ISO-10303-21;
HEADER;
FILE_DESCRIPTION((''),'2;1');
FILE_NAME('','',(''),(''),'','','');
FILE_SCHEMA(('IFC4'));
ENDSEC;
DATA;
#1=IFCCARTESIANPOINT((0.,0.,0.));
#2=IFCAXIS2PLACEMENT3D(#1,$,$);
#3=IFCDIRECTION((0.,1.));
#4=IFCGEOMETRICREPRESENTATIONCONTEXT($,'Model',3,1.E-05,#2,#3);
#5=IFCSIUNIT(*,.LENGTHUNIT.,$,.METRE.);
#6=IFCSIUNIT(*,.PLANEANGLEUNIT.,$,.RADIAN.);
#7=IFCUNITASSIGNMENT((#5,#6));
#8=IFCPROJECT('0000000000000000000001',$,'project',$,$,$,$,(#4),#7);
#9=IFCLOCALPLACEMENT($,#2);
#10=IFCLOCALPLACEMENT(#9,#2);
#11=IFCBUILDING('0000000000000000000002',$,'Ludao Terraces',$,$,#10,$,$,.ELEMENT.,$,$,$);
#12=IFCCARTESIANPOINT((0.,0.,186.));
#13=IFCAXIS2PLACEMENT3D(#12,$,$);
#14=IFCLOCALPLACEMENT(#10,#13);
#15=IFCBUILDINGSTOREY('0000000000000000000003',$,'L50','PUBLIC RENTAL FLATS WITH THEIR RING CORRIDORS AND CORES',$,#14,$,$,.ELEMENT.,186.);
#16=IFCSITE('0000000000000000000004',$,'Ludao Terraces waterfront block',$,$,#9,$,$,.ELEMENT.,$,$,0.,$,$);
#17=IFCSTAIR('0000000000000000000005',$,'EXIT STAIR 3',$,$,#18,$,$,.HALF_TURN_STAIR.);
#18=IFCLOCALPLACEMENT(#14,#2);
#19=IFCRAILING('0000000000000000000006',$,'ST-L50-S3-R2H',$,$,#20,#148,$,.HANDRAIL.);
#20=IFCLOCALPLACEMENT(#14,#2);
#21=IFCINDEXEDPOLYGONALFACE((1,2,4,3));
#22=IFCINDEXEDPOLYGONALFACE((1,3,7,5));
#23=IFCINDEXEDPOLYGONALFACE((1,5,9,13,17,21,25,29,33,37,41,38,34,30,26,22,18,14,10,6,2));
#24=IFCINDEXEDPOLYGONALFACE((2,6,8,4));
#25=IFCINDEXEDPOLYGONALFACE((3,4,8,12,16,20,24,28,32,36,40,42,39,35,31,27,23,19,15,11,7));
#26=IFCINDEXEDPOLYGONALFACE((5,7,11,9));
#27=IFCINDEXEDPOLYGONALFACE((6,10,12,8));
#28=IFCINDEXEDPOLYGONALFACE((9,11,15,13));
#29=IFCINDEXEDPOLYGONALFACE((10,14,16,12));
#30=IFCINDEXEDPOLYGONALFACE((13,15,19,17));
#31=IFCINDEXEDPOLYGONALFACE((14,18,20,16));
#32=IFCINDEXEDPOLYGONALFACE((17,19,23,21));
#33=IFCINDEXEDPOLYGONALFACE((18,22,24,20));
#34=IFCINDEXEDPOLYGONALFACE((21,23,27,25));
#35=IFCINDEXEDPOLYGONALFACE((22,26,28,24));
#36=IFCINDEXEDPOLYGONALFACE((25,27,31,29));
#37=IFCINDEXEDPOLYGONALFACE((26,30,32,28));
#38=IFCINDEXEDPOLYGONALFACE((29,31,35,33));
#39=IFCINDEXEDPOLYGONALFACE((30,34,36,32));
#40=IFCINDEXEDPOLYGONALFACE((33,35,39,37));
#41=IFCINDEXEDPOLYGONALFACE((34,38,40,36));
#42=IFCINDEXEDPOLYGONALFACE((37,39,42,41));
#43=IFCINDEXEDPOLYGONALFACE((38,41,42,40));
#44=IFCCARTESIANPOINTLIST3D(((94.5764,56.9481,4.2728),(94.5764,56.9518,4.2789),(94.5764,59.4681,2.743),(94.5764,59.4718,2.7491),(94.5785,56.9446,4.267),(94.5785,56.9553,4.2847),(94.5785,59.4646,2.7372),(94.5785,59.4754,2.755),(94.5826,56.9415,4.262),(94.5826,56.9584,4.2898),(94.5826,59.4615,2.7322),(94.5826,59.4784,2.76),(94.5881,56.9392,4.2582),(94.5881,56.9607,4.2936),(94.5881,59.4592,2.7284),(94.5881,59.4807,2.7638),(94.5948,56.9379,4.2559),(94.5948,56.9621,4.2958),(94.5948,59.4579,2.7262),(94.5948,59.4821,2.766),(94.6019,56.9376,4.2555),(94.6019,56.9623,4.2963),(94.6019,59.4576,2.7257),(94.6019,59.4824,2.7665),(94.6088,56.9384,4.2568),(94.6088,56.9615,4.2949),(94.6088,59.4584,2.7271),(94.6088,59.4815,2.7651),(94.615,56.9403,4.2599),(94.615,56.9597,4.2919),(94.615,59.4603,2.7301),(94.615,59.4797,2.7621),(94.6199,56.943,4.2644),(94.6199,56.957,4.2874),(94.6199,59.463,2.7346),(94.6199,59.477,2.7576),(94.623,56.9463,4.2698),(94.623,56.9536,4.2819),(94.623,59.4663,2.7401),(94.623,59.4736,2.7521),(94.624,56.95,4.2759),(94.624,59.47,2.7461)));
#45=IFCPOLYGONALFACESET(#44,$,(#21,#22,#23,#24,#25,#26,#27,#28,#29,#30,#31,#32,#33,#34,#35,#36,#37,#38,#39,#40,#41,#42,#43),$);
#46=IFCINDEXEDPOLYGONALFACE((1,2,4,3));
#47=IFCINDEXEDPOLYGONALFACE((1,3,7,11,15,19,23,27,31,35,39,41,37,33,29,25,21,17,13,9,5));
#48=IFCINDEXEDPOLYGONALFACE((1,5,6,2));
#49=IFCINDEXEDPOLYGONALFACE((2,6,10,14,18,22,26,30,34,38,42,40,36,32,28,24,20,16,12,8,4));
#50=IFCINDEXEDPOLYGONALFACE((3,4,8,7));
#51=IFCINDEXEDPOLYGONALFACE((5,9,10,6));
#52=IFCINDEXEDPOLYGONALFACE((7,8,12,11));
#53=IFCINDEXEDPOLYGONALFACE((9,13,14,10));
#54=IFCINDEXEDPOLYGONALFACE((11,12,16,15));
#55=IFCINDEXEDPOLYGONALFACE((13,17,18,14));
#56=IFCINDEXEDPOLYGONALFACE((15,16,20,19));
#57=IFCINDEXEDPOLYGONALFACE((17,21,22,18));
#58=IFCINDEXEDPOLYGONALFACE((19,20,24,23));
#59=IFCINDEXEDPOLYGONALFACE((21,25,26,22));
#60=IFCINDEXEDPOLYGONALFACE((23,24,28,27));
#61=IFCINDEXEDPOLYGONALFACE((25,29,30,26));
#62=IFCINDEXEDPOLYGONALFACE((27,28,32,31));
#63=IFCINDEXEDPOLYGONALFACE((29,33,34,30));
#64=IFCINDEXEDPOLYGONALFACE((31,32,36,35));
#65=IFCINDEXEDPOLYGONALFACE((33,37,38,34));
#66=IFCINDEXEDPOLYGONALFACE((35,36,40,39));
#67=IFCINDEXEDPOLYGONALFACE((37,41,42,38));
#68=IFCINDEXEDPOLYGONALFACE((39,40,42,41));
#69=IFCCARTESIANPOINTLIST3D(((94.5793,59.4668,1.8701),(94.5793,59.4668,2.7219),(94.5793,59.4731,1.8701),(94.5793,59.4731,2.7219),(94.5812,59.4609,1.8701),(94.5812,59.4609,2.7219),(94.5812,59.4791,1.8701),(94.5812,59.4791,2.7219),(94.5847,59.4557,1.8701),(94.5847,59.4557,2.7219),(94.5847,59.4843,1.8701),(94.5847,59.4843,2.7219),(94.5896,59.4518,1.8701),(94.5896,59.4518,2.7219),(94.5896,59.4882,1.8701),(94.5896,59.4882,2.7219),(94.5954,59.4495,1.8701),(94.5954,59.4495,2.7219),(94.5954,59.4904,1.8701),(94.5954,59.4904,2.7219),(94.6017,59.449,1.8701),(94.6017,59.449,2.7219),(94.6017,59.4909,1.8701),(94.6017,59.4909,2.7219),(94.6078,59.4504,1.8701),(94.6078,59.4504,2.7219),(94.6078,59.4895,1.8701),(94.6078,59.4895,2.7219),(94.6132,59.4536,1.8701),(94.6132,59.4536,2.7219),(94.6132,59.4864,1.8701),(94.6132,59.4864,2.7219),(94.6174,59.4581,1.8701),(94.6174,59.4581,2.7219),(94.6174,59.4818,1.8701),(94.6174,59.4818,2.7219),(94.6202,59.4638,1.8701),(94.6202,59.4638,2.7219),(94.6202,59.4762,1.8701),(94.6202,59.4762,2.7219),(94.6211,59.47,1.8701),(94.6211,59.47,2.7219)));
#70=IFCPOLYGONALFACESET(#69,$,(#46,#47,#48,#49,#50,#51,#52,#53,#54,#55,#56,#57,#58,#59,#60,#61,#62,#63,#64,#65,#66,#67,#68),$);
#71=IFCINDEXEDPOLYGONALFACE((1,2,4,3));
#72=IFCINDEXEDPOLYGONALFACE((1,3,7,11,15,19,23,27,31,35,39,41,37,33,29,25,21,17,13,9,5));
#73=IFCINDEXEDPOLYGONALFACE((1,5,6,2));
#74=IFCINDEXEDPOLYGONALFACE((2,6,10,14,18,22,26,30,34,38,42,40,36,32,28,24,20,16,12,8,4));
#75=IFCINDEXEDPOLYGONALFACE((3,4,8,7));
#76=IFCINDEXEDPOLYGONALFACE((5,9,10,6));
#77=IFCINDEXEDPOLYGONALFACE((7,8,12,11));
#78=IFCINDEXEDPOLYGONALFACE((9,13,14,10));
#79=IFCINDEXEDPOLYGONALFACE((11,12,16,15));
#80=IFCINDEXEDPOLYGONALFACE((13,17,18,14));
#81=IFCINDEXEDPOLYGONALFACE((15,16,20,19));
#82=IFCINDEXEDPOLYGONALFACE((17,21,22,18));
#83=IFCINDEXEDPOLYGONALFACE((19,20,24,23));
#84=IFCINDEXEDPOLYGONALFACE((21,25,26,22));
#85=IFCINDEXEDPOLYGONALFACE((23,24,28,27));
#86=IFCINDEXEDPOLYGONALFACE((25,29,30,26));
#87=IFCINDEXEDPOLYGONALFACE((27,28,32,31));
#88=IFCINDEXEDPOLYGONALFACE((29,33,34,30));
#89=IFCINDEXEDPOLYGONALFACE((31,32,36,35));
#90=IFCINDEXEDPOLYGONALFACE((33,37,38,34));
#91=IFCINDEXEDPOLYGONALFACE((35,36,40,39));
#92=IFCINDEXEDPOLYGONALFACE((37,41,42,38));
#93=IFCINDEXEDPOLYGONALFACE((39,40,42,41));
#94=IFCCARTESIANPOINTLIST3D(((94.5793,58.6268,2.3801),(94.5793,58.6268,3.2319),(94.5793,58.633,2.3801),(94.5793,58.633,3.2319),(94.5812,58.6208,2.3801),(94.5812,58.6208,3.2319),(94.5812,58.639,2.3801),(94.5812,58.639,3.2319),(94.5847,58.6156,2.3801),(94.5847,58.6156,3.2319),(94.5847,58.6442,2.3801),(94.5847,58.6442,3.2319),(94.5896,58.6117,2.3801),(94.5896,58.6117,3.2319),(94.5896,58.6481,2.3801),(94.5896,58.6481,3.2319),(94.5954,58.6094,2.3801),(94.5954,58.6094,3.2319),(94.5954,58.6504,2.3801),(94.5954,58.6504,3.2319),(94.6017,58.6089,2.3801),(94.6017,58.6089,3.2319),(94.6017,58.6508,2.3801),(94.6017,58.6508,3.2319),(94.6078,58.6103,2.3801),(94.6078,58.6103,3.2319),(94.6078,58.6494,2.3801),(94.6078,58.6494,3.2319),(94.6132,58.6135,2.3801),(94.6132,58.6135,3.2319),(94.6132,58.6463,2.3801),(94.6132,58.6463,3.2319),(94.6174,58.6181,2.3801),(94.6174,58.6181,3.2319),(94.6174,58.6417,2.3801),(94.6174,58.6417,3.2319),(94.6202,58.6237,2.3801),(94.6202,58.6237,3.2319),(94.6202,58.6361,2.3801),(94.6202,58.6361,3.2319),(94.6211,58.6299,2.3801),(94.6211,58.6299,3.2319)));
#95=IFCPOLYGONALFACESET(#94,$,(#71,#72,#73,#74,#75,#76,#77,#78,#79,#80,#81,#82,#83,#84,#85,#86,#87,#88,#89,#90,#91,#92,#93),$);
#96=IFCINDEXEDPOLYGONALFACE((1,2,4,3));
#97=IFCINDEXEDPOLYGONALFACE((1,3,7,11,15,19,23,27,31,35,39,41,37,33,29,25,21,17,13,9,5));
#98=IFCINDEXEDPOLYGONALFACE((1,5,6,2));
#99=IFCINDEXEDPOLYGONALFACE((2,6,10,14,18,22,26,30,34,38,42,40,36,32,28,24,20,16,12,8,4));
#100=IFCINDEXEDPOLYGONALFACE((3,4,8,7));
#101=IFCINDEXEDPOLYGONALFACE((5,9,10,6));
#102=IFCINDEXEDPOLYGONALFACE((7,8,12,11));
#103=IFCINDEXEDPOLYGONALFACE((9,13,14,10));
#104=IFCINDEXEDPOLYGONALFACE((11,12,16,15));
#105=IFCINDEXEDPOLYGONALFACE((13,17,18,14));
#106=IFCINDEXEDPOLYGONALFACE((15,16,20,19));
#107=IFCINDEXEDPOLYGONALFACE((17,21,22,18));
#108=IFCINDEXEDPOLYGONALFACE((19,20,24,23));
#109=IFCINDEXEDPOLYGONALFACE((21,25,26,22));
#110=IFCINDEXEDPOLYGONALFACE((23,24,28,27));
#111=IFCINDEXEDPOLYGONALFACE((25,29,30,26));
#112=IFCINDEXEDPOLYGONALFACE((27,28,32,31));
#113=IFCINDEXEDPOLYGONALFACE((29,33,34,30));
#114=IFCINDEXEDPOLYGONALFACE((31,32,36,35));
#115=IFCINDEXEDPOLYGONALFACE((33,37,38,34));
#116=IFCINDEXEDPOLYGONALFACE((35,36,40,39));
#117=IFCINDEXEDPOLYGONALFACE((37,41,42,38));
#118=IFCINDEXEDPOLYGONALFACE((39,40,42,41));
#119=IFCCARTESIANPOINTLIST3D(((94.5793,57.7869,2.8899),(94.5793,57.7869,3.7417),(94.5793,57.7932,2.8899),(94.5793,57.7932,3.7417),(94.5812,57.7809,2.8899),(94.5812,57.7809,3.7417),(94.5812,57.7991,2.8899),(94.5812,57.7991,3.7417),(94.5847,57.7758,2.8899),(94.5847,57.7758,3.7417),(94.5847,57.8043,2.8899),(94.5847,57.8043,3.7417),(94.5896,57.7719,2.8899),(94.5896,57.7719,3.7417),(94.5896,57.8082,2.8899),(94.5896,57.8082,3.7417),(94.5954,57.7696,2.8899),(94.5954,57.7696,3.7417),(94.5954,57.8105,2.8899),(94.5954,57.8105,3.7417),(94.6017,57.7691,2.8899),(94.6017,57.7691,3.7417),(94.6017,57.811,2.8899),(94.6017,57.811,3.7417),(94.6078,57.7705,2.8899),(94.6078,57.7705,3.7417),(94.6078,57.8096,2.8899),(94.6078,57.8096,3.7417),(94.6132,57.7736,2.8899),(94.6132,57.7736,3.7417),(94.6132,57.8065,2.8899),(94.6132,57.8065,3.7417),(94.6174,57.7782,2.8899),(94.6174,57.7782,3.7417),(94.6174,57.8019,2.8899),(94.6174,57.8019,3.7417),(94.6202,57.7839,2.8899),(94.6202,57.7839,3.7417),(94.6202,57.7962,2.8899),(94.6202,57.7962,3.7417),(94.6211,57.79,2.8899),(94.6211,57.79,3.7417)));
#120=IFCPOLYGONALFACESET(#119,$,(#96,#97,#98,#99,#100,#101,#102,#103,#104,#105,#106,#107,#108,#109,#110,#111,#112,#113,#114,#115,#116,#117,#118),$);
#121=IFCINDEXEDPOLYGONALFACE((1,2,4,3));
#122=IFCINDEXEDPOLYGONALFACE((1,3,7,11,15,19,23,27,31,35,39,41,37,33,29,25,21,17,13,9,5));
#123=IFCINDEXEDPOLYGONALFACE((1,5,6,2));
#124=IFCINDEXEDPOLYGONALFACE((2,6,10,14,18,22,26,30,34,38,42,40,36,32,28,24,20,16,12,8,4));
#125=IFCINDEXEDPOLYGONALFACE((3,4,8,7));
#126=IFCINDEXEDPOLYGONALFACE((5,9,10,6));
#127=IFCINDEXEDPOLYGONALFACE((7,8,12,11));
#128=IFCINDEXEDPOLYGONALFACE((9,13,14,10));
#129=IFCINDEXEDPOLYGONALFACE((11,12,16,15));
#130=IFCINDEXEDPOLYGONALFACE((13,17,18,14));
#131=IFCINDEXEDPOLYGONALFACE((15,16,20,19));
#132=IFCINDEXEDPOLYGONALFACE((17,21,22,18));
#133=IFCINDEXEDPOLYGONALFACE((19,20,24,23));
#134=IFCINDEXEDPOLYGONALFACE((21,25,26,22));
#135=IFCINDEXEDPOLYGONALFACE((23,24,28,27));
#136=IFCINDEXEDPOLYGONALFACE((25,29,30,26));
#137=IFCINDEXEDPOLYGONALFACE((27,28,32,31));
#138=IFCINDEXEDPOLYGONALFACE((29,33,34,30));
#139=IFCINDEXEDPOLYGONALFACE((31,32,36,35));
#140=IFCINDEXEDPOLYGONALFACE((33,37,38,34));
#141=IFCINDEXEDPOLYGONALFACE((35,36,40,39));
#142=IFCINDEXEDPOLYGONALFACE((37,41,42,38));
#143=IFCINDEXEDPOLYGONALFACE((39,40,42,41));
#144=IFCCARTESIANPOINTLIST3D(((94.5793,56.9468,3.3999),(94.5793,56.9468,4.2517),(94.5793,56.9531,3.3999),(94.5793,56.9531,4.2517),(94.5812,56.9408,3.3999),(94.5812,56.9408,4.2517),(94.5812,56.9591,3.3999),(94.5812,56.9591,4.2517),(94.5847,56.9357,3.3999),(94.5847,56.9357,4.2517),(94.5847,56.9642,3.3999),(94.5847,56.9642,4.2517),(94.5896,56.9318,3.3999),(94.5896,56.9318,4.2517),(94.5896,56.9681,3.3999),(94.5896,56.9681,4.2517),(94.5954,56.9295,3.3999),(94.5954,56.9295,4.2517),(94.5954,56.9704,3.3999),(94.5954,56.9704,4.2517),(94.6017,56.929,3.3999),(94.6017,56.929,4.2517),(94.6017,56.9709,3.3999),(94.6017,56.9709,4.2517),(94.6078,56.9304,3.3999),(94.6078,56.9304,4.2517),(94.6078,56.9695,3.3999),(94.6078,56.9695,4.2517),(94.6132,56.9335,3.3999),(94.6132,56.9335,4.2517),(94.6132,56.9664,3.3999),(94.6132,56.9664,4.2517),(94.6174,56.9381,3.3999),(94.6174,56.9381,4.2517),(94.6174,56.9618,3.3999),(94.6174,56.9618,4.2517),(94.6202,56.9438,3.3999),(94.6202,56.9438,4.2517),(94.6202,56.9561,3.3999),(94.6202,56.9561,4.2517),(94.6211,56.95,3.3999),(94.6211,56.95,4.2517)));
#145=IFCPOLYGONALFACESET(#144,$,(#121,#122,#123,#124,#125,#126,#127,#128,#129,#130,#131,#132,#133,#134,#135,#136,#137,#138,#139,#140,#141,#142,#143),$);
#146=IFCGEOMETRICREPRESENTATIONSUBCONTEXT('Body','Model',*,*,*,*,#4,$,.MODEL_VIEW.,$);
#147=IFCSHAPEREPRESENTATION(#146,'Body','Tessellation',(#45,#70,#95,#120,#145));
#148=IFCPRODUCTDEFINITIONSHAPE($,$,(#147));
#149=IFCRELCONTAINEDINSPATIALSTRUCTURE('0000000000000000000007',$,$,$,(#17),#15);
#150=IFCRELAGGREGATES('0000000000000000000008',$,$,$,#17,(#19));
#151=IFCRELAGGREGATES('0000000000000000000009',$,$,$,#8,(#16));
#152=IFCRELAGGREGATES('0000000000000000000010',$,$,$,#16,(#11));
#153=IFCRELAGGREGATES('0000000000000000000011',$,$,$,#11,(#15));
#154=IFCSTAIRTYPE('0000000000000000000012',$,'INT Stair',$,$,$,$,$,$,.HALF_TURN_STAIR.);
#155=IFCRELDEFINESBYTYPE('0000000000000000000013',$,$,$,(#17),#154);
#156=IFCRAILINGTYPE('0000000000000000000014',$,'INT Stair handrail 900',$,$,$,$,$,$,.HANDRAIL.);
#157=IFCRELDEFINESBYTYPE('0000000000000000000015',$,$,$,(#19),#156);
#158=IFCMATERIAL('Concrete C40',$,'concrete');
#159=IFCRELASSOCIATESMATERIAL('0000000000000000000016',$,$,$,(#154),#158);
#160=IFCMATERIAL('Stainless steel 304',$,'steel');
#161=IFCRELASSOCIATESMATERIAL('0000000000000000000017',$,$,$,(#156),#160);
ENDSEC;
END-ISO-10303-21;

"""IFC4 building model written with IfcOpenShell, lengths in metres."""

from ifc_helpers import new_model, si_unit, direction, frame, origin, origin_2d, place, context, subcontext, project, spatial, circle, extrude, material, type_object, element, aggregate, save


model = new_model("IFC4")

# Units and contexts
model_context = context("Model", 3, precision=1e-05, world=origin(), true_north=direction((0.0, 1.0)))
body_context = subcontext(model_context, "Body", "Model", "MODEL_VIEW")
ifc_project = project(units=[si_unit("LENGTHUNIT", "METRE"), si_unit("PLANEANGLEUNIT", "RADIAN")], contexts=[model_context])

# Site, building, storey
site_placement = place(None, origin())
site = spatial("IfcSite", under=ifc_project, at=site_placement, Name="Ludao Terraces waterfront block", CompositionType="ELEMENT", RefElevation=0.0)
building_placement = place(site_placement, origin())
building = spatial("IfcBuilding", under=site, at=building_placement, Name="Ludao Terraces", CompositionType="ELEMENT")
storey_placement = place(building_placement, frame((0.0, 0.0, 186.0)))
storey = spatial("IfcBuildingStorey", under=building, at=storey_placement, Name="L50", Description="PUBLIC RENTAL FLATS WITH THEIR RING CORRIDORS AND CORES", CompositionType="ELEMENT", Elevation=186.0)

# Shared definitions
ifc_material_1 = material(Name="Concrete C40", Category="concrete")

# Stair, railing
stair_type = type_object("IfcStairType", Name="INT Stair", PredefinedType="HALF_TURN_STAIR", material=ifc_material_1)
stair_placement = place(storey_placement, origin())
stair = element("IfcStair", 1, at=stair_placement, inside=storey, type_object=stair_type, Name="EXIT STAIR 3", PredefinedType="HALF_TURN_STAIR")
ifc_material_2 = material(Name="Stainless steel 304", Category="steel")
railing_type_1 = type_object("IfcRailingType", Name="INT Stair handrail 900", PredefinedType="HANDRAIL", material=ifc_material_2)
railing_1_placement = place(storey_placement, frame((94.6001, 59.47, 1.8701)))
railing_1 = element("IfcRailing", 2, at=railing_1_placement, type_object=railing_type_1, Name="ST-L50-S3-R2H", PredefinedType="HANDRAIL", context=body_context, shape_type="SweptSolid", body=[
    extrude(circle(Radius=0.0239, at=origin_2d()), frame((0.0, 0.0, 0.876), z_axis=(0.0, -0.854822, 0.518922), x_axis=(1.0, 0.0, 0.0)), (0.0, 0.0, 1.0), 2.948),
    extrude(circle(Radius=0.021, at=origin_2d()), origin(), (0.0, 0.0, 1.0), 0.8518),
    extrude(circle(Radius=0.021, at=origin_2d()), frame((0.0, -0.8401, 0.51)), (0.0, 0.0, 1.0), 0.8518),
    extrude(circle(Radius=0.021, at=origin_2d()), frame((0.0, -1.6799, 1.0198)), (0.0, 0.0, 1.0), 0.8518),
    extrude(circle(Radius=0.021, at=origin_2d()), frame((0.0, -2.52, 1.5298)), (0.0, 0.0, 1.0), 0.8518),
])
aggregate(stair, [railing_1])

save(model, "model.ifc")
